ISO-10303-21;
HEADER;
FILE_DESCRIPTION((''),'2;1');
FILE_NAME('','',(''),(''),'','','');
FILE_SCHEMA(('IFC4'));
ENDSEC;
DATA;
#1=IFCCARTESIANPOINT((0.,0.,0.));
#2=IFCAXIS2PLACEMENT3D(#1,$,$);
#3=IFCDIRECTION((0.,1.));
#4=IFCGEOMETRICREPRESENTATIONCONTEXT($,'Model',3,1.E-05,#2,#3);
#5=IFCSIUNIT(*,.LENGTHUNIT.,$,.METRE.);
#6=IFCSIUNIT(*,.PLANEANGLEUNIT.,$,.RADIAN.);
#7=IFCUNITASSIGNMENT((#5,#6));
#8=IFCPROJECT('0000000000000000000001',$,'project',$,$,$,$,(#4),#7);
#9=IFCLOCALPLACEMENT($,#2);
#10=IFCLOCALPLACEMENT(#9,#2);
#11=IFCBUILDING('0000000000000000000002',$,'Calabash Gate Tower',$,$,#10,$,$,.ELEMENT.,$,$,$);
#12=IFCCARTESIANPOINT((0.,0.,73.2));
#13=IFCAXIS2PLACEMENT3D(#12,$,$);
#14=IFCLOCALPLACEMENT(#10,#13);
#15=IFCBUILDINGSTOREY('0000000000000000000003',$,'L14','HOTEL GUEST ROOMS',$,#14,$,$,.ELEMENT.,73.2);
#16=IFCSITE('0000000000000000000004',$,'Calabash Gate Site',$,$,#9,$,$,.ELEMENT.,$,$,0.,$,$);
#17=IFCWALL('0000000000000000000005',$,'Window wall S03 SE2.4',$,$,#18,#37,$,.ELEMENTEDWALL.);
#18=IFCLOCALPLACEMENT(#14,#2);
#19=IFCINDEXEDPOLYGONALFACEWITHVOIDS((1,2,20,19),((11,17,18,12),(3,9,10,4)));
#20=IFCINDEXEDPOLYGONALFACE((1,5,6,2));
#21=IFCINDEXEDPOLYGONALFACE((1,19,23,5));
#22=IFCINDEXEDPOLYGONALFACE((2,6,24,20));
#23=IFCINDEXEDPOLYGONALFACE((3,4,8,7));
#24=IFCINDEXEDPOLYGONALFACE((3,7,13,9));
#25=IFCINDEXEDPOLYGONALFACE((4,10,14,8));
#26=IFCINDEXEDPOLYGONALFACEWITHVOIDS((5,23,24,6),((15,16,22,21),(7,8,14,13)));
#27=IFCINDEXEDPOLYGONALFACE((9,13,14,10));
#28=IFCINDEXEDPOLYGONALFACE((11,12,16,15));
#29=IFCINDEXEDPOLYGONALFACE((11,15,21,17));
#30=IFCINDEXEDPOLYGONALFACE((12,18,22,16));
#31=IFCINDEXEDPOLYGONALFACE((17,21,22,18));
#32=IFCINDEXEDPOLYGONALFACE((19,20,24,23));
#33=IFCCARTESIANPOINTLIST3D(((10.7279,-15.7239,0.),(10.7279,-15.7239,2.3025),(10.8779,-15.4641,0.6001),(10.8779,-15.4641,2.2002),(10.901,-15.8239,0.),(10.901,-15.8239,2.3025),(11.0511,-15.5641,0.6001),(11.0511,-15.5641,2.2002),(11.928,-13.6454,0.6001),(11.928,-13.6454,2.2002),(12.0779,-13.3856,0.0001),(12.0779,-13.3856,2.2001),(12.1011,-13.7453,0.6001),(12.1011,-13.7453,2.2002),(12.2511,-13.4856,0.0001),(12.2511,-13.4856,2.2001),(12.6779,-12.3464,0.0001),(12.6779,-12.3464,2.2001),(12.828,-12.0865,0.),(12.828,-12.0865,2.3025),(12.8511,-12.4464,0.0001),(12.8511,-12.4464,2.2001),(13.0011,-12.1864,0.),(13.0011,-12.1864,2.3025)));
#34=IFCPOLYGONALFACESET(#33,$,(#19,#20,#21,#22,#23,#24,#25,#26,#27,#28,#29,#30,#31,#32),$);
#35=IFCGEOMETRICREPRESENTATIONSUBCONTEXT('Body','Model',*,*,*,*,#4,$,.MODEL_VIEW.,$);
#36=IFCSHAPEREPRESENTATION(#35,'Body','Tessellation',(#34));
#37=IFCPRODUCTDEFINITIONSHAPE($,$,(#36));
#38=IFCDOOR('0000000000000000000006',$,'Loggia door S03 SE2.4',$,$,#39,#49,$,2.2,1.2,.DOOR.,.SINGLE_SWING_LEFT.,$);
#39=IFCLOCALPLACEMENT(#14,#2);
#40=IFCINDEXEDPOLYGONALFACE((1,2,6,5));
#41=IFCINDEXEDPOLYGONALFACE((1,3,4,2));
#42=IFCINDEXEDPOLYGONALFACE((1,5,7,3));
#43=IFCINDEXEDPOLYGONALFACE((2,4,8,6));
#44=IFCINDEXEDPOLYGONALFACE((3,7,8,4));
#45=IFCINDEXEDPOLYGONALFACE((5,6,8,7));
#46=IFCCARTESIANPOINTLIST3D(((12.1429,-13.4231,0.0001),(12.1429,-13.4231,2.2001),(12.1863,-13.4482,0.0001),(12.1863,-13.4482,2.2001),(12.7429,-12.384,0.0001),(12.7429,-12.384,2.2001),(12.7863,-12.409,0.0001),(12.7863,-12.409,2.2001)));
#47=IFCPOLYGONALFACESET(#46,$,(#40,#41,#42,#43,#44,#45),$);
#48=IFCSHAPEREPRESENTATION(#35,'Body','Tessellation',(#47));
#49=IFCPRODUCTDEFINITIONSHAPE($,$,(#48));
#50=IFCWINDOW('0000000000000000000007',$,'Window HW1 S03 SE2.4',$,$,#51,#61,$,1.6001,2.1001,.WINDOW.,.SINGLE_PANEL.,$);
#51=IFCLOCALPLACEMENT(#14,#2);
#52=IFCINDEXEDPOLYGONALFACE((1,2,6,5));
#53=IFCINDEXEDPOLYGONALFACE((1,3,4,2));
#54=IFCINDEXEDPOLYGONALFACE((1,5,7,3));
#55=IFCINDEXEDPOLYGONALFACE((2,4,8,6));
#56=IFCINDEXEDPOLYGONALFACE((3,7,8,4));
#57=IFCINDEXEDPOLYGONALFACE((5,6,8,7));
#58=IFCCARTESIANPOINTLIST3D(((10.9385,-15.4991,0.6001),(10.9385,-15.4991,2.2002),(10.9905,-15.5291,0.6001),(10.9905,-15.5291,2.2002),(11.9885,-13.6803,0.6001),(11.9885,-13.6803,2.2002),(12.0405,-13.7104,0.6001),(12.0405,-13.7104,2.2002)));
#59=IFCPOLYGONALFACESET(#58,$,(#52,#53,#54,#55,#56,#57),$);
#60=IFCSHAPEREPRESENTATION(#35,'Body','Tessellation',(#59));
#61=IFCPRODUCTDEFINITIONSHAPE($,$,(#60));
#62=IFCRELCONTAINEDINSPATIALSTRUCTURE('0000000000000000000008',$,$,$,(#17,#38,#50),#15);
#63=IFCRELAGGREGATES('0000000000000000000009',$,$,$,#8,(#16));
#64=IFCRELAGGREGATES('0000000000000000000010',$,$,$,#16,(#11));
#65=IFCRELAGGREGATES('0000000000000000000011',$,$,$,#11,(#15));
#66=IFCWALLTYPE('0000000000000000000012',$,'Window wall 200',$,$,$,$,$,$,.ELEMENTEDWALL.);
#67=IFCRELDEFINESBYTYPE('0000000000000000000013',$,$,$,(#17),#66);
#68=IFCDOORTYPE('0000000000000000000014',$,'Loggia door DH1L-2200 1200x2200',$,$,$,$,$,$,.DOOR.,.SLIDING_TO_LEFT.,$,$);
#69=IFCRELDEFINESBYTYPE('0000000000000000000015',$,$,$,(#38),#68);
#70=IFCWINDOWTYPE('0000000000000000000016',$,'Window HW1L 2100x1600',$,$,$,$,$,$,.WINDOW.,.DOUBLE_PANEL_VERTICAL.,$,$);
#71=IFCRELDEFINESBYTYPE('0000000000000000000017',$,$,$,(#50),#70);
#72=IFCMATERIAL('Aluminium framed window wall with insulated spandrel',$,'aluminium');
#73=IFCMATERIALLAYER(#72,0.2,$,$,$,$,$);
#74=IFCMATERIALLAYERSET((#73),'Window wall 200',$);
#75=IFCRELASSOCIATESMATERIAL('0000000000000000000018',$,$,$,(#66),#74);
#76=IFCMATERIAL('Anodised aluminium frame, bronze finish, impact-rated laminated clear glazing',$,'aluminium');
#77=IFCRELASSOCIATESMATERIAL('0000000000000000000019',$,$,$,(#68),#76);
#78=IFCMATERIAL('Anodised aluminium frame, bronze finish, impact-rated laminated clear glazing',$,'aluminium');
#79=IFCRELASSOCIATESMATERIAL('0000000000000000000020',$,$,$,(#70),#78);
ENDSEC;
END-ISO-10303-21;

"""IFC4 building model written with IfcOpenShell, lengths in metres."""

from ifc_helpers import new_model, si_unit, direction, frame, frame_2d, origin, place, context, subcontext, project, spatial, rectangle, extrude, material, layer, layer_set, type_object, element, fill, save


model = new_model("IFC4")

# Units and contexts
model_context = context("Model", 3, precision=1e-05, world=origin(), true_north=direction((0.0, 1.0)))
body_context = subcontext(model_context, "Body", "Model", "MODEL_VIEW")
ifc_project = project(units=[si_unit("LENGTHUNIT", "METRE"), si_unit("PLANEANGLEUNIT", "RADIAN")], contexts=[model_context])

# Site, building, storey
site_placement = place(None, origin())
site = spatial("IfcSite", under=ifc_project, at=site_placement, Name="Calabash Gate Site", CompositionType="ELEMENT", RefElevation=0.0)
building_placement = place(site_placement, origin())
building = spatial("IfcBuilding", under=site, at=building_placement, Name="Calabash Gate Tower", CompositionType="ELEMENT")
storey_placement = place(building_placement, frame((0.0, 0.0, 73.2)))
storey = spatial("IfcBuildingStorey", under=building, at=storey_placement, Name="L14", Description="HOTEL GUEST ROOMS", CompositionType="ELEMENT", Elevation=73.2)

# Wall, openings, door, window
ifc_material_1 = material(Name="Aluminium framed window wall with insulated spandrel", Category="aluminium")
ifc_layer_1 = layer(ifc_material_1, 0.2)
ifc_layer_set_1 = layer_set([ifc_layer_1], Name="Window wall 200")
wall_type_1 = type_object("IfcWallType", Name="Window wall 200", PredefinedType="ELEMENTEDWALL", material=ifc_layer_set_1)
wall_1_placement = place(storey_placement, frame((10.8145, -15.7739, 0.0), z_axis=(0.0, 0.0, 1.0), x_axis=(0.500003, 0.866024, 0.0)))
wall_1 = element("IfcWall", 1, at=wall_1_placement, inside=storey, type_object=wall_type_1, Name="Window wall S03 SE2.4", PredefinedType="ELEMENTEDWALL", context=body_context, shape_type="SweptSolid", body=[
    extrude(rectangle(XDim=4.2002, YDim=0.2, at=frame_2d((2.1001, 0.0))), origin(), (0.0, 0.0, 1.0), 2.3025),
])
opening_1_placement = place(wall_1_placement, frame((0.3, 0.0, 0.6001)))
opening_1 = element("IfcOpeningElement", 2, at=opening_1_placement, cuts=wall_1, PredefinedType="OPENING", context=body_context, shape_type="SweptSolid", body=[
    extrude(rectangle(XDim=2.1001, YDim=1.6001, at=frame_2d((1.05, 0.8))), frame((0.0, 0.1099, 0.0), z_axis=(0.0, -1.0, 0.0), x_axis=(1.0, 0.0, 0.0)), (0.0, 0.0, 1.0), 0.22),
])
opening_2_placement = place(wall_1_placement, frame((2.7, 0.0, 0.0)))
opening_2 = element("IfcOpeningElement", 3, at=opening_2_placement, cuts=wall_1, PredefinedType="OPENING", context=body_context, shape_type="SweptSolid", body=[
    extrude(rectangle(XDim=1.2, YDim=2.2, at=frame_2d((0.6001, 1.1001))), frame((0.0, 0.1099, 0.0), z_axis=(0.0, -1.0, 0.0), x_axis=(1.0, 0.0, 0.0)), (0.0, 0.0, 1.0), 0.22),
])
ifc_material_2 = material(Name="Anodised aluminium frame, bronze finish, impact-rated laminated clear glazing", Category="aluminium")
door_type = type_object("IfcDoorType", Name="Loggia door DH1L-2200 1200x2200", OperationType="SLIDING_TO_LEFT", PredefinedType="DOOR", material=ifc_material_2)
door_placement = place(opening_2_placement, origin())
door = element("IfcDoor", 4, at=door_placement, inside=storey, type_object=door_type, Name="Loggia door S03 SE2.4", OperationType="SINGLE_SWING_LEFT", OverallHeight=2.2, OverallWidth=1.2, PredefinedType="DOOR", context=body_context, shape_type="SweptSolid", body=[
    extrude(rectangle(XDim=1.2, YDim=2.2, at=frame_2d((0.6001, 1.1001))), frame((0.0, 0.0249, 0.0), z_axis=(0.0, -1.0, 0.0), x_axis=(1.0, 0.0, 0.0)), (0.0, 0.0, 1.0), 0.05),
])
fill(opening_2, door)
ifc_material_3 = material(Name="Anodised aluminium frame, bronze finish, impact-rated laminated clear glazing", Category="aluminium")
window_type = type_object("IfcWindowType", Name="Window HW1L 2100x1600", PartitioningType="DOUBLE_PANEL_VERTICAL", PredefinedType="WINDOW", material=ifc_material_3)
window_placement = place(opening_1_placement, origin())
window = element("IfcWindow", 5, at=window_placement, inside=storey, type_object=window_type, Name="Window HW1 S03 SE2.4", OverallHeight=1.6001, OverallWidth=2.1001, PartitioningType="SINGLE_PANEL", PredefinedType="WINDOW", context=body_context, shape_type="SweptSolid", body=[
    extrude(rectangle(XDim=2.1001, YDim=1.6001, at=frame_2d((1.05, 0.8))), frame((0.0, 0.03, 0.0), z_axis=(0.0, -1.0, 0.0), x_axis=(1.0, 0.0, 0.0)), (0.0, 0.0, 1.0), 0.0601),
])
fill(opening_1, window)

save(model, "model.ifc")
